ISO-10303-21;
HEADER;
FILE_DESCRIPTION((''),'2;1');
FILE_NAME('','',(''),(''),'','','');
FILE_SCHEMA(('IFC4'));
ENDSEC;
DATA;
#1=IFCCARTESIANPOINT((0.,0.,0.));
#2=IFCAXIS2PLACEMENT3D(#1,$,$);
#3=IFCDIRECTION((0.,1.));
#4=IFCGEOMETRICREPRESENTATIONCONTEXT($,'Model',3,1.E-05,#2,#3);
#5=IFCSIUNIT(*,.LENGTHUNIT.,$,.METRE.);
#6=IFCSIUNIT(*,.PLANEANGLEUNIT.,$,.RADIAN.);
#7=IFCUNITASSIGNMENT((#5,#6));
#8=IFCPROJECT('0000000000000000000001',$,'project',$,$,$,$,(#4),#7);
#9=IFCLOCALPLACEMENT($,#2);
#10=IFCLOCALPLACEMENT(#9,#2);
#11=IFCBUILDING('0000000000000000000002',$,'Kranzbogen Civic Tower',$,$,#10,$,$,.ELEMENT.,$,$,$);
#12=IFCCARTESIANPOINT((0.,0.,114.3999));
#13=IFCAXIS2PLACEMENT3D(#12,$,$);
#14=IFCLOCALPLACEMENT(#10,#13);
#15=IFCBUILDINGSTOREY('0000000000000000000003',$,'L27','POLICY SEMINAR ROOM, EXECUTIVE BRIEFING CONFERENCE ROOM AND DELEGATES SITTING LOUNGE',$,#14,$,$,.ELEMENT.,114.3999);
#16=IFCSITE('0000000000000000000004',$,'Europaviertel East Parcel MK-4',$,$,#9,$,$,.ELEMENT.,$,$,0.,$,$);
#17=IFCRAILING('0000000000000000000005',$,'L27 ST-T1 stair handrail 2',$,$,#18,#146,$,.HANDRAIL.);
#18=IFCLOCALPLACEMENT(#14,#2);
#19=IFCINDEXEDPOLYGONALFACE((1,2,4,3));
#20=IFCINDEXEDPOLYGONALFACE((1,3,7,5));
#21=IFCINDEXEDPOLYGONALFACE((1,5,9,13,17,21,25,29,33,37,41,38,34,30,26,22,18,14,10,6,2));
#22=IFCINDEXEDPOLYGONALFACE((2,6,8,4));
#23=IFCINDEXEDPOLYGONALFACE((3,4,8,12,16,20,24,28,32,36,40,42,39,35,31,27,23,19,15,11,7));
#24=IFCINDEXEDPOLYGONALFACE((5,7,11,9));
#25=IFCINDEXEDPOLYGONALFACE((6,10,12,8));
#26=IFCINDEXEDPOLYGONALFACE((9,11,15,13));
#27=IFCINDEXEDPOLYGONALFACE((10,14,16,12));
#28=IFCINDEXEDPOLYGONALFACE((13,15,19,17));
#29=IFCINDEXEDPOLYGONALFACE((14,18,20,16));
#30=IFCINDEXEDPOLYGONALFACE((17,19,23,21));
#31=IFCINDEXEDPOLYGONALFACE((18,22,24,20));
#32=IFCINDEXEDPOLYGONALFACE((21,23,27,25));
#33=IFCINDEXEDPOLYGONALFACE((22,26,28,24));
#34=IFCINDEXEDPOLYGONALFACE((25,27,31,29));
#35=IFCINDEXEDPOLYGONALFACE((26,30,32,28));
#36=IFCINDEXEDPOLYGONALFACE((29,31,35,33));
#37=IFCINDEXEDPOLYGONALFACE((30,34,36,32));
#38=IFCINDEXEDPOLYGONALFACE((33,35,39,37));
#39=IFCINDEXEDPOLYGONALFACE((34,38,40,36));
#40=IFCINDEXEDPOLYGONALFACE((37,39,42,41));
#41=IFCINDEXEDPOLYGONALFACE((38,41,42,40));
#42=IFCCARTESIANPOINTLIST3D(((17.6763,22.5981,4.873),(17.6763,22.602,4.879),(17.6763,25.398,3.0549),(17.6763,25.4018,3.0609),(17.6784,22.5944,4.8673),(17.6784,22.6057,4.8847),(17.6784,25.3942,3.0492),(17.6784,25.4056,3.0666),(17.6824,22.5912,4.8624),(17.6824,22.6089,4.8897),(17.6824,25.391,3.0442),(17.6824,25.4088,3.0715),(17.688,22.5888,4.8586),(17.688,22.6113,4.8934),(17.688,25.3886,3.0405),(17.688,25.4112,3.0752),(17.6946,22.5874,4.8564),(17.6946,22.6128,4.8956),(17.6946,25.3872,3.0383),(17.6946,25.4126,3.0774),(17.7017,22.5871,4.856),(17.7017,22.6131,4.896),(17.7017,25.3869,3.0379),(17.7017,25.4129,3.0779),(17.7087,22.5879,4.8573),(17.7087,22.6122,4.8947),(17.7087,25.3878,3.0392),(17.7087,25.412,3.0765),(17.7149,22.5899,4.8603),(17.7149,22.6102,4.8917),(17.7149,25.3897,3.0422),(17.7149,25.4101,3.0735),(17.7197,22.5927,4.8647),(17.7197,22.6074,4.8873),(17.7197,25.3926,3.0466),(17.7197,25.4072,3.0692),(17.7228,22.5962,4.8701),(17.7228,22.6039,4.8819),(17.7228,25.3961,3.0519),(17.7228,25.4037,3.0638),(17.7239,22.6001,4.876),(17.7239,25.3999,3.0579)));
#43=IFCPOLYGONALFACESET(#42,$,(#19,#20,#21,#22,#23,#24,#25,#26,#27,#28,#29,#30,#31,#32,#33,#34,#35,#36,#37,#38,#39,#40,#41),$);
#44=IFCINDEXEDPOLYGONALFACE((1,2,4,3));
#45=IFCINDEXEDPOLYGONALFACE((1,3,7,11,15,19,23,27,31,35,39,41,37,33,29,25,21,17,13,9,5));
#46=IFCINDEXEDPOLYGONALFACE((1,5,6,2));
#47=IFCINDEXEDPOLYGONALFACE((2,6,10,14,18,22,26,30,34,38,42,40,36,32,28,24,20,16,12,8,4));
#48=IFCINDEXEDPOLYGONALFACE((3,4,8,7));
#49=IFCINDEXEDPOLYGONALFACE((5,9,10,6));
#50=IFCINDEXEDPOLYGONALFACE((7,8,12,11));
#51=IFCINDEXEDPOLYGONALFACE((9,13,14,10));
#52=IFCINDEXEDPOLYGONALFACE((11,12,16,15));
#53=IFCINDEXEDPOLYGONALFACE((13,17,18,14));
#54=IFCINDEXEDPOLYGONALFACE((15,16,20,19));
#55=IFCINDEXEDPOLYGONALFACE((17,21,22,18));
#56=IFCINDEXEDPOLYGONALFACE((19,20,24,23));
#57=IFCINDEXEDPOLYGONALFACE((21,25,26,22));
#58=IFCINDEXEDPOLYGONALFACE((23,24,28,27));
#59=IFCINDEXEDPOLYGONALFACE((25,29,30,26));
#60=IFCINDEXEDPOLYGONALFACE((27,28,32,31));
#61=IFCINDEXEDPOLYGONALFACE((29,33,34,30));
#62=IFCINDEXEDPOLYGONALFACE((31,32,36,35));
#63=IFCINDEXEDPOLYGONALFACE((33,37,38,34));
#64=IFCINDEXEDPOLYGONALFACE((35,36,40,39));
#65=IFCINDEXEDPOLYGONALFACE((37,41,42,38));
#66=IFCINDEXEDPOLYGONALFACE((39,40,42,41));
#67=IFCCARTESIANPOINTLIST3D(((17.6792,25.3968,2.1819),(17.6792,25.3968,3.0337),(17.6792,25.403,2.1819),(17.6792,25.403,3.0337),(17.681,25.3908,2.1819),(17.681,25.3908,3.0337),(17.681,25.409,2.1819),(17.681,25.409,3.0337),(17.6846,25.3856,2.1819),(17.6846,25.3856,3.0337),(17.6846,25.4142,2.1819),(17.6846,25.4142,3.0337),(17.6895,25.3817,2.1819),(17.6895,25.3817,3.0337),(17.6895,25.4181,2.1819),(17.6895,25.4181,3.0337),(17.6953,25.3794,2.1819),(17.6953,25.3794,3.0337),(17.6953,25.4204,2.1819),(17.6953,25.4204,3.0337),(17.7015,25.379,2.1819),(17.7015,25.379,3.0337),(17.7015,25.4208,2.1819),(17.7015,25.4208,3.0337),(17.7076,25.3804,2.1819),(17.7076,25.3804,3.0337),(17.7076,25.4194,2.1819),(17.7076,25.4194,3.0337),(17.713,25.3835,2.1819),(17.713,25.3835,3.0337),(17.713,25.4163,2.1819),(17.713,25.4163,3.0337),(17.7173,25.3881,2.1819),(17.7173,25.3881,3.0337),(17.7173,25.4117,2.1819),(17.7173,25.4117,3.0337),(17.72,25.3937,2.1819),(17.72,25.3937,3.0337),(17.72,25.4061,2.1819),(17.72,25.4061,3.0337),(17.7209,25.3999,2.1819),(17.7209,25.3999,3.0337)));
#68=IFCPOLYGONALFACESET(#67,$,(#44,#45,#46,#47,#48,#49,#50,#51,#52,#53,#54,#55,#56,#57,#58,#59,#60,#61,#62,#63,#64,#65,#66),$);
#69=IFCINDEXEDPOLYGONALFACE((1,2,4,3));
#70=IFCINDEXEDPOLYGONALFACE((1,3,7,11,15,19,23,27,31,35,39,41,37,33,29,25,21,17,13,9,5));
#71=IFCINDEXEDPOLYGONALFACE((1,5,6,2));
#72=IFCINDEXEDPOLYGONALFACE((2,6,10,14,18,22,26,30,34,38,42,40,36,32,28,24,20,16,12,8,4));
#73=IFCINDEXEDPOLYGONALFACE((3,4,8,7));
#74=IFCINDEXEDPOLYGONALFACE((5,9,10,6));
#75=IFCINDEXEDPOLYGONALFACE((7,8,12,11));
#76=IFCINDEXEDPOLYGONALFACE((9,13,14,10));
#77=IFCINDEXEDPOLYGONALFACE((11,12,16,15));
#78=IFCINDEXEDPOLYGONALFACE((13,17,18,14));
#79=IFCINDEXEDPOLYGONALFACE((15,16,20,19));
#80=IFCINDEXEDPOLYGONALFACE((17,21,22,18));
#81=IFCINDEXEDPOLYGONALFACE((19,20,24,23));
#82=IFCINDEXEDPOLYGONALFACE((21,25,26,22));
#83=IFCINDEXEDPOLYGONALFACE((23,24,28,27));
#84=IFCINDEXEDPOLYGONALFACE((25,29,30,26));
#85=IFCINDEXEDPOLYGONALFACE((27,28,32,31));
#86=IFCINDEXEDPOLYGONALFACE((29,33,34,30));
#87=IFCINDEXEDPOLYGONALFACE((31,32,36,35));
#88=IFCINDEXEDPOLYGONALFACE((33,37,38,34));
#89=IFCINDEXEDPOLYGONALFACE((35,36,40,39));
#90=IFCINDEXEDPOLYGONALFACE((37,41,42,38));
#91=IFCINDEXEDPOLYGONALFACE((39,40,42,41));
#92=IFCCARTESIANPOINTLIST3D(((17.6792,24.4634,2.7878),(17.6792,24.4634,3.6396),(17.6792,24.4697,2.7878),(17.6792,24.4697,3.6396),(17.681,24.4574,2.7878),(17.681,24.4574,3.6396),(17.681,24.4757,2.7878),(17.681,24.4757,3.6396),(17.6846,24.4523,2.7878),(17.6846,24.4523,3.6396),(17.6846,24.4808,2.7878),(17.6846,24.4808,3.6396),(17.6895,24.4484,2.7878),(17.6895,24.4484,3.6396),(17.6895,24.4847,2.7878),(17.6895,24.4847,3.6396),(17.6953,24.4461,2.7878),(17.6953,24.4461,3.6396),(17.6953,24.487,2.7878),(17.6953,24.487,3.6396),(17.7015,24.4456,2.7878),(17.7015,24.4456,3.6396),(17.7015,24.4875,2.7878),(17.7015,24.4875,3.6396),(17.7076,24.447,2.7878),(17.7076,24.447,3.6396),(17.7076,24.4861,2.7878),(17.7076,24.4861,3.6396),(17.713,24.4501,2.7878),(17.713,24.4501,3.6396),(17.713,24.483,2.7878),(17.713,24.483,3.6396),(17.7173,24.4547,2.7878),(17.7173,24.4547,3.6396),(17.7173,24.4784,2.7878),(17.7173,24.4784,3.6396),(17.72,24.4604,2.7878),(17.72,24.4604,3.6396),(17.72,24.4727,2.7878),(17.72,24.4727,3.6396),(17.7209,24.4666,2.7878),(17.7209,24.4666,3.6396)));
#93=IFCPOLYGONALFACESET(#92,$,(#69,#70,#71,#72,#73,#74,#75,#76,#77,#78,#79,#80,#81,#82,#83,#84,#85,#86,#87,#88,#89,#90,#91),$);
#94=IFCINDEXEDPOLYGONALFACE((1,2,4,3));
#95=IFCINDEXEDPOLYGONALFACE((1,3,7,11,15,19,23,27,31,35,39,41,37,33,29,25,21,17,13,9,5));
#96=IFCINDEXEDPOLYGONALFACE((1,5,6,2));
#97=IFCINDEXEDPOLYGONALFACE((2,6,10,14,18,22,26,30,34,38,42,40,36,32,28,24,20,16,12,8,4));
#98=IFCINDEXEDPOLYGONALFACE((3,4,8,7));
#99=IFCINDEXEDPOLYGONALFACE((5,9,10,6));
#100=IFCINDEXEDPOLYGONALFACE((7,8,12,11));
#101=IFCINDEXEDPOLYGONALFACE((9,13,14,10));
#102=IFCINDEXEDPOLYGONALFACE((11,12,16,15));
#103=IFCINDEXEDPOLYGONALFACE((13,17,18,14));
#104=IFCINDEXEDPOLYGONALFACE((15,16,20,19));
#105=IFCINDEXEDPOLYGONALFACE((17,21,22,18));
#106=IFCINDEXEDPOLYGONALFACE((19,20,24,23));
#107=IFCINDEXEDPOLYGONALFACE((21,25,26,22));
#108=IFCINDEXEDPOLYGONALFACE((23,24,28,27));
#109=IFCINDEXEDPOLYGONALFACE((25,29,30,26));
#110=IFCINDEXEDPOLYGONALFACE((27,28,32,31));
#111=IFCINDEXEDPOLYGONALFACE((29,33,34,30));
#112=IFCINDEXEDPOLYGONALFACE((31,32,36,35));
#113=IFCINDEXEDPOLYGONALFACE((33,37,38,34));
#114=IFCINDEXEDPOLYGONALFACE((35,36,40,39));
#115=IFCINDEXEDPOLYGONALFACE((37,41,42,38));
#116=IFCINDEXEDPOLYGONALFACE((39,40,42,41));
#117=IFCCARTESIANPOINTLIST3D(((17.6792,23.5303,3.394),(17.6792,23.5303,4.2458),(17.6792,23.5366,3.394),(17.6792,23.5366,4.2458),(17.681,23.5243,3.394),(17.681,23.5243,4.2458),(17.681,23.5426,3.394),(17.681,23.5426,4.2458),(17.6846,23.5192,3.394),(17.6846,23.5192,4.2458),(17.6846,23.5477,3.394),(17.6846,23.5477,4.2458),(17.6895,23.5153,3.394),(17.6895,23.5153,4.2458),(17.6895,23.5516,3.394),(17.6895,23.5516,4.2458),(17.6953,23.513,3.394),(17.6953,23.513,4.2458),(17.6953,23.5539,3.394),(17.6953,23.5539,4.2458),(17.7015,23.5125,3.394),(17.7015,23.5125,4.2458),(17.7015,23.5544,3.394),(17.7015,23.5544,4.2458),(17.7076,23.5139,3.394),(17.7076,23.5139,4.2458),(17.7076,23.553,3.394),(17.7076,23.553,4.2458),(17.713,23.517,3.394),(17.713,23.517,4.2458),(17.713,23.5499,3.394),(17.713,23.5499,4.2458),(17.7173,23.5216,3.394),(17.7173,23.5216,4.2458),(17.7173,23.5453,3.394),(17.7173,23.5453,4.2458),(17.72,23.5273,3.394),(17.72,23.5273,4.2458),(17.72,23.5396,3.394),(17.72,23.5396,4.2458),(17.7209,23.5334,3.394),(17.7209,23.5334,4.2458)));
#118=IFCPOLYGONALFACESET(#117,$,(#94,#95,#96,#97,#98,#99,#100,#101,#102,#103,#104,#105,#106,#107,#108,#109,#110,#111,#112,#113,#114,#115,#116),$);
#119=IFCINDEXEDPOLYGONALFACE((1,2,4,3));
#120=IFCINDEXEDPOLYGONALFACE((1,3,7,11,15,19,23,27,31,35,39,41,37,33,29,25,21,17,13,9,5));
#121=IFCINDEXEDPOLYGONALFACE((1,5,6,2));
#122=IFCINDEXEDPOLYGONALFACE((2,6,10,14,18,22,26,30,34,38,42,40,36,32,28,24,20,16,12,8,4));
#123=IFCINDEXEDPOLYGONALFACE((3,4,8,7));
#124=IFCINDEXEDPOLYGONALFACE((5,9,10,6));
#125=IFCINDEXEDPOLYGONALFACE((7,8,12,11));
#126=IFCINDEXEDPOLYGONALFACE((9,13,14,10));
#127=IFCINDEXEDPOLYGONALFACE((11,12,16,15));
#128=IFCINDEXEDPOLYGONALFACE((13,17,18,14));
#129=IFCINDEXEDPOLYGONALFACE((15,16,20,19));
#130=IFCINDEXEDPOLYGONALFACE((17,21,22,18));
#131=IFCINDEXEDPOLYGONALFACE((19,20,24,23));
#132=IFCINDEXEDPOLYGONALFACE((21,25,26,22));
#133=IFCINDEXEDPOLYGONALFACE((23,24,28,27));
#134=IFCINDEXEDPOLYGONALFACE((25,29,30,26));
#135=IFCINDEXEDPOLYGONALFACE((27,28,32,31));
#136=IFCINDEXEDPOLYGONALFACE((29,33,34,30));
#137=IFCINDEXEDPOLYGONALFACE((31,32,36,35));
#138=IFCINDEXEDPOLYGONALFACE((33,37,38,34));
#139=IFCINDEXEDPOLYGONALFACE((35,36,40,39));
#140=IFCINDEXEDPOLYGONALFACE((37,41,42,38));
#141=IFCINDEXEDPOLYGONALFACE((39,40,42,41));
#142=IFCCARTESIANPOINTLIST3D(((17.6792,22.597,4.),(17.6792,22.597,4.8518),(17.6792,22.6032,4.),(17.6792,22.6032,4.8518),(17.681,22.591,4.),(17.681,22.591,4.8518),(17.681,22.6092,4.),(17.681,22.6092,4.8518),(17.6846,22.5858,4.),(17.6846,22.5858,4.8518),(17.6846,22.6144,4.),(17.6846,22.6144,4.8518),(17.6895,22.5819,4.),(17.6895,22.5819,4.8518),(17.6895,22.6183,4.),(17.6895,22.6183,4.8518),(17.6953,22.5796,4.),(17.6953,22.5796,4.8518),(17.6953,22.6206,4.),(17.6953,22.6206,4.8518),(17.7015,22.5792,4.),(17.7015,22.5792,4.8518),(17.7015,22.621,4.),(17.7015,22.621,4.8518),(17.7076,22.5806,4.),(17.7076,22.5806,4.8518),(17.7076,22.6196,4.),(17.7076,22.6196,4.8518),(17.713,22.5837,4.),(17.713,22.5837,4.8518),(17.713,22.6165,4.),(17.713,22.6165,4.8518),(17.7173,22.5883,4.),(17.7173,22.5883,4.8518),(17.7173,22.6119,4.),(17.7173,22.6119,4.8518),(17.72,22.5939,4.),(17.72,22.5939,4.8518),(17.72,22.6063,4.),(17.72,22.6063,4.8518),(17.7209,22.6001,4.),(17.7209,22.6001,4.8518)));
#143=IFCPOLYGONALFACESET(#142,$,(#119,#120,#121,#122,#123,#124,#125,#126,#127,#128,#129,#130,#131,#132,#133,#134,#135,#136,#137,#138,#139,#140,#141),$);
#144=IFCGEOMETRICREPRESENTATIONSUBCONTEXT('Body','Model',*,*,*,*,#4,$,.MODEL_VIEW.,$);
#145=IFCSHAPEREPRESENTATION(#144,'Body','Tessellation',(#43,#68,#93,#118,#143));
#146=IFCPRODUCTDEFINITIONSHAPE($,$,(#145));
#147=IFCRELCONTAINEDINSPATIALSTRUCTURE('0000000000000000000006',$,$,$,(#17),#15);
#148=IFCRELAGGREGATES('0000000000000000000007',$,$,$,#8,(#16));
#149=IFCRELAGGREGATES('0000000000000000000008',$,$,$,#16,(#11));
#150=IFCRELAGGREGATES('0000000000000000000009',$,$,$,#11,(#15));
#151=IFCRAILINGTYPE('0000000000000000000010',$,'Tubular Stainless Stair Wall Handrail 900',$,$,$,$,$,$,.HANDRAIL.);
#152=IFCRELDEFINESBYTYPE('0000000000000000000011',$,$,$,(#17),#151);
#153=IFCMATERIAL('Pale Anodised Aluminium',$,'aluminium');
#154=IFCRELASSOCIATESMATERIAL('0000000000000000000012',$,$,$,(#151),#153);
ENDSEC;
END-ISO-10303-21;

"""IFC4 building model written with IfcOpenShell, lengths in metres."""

from ifc_helpers import new_model, si_unit, direction, frame, origin, origin_2d, place, context, subcontext, project, spatial, circle, extrude, material, type_object, element, save


model = new_model("IFC4")

# Units and contexts
model_context = context("Model", 3, precision=1e-05, world=origin(), true_north=direction((0.0, 1.0)))
body_context = subcontext(model_context, "Body", "Model", "MODEL_VIEW")
ifc_project = project(units=[si_unit("LENGTHUNIT", "METRE"), si_unit("PLANEANGLEUNIT", "RADIAN")], contexts=[model_context])

# Site, building, storey
site_placement = place(None, origin())
site = spatial("IfcSite", under=ifc_project, at=site_placement, Name="Europaviertel East Parcel MK-4", CompositionType="ELEMENT", RefElevation=0.0)
building_placement = place(site_placement, origin())
building = spatial("IfcBuilding", under=site, at=building_placement, Name="Kranzbogen Civic Tower", CompositionType="ELEMENT")
storey_placement = place(building_placement, frame((0.0, 0.0, 114.3999)))
storey = spatial("IfcBuildingStorey", under=building, at=storey_placement, Name="L27", Description="POLICY SEMINAR ROOM, EXECUTIVE BRIEFING CONFERENCE ROOM AND DELEGATES SITTING LOUNGE", CompositionType="ELEMENT", Elevation=114.3999)

# Shared definitions
ifc_material_1 = material(Name="Pale Anodised Aluminium", Category="aluminium")

# Railing
railing_type_1 = type_object("IfcRailingType", Name="Tubular Stainless Stair Wall Handrail 900", PredefinedType="HANDRAIL", material=ifc_material_1)
railing_1_placement = place(storey_placement, frame((17.7, 25.3999, 2.1819)))
element("IfcRailing", 1, at=railing_1_placement, inside=storey, type_object=railing_type_1, Name="L27 ST-T1 stair handrail 2", PredefinedType="HANDRAIL", context=body_context, shape_type="SweptSolid", body=[
    extrude(circle(Radius=0.0239, at=origin_2d()), frame((0.0, 0.0, 0.876), z_axis=(0.0, -0.838684, 0.544618), x_axis=(1.0, 0.0, 0.0)), (0.0, 0.0, 1.0), 3.3384),
    extrude(circle(Radius=0.021, at=origin_2d()), origin(), (0.0, 0.0, 1.0), 0.8518),
    extrude(circle(Radius=0.021, at=origin_2d()), frame((0.0, -0.9333, 0.606)), (0.0, 0.0, 1.0), 0.8518),
    extrude(circle(Radius=0.021, at=origin_2d()), frame((0.0, -1.8665, 1.2122)), (0.0, 0.0, 1.0), 0.8518),
    extrude(circle(Radius=0.021, at=origin_2d()), frame((0.0, -2.7998, 1.8181)), (0.0, 0.0, 1.0), 0.8518),
])

save(model, "model.ifc")
